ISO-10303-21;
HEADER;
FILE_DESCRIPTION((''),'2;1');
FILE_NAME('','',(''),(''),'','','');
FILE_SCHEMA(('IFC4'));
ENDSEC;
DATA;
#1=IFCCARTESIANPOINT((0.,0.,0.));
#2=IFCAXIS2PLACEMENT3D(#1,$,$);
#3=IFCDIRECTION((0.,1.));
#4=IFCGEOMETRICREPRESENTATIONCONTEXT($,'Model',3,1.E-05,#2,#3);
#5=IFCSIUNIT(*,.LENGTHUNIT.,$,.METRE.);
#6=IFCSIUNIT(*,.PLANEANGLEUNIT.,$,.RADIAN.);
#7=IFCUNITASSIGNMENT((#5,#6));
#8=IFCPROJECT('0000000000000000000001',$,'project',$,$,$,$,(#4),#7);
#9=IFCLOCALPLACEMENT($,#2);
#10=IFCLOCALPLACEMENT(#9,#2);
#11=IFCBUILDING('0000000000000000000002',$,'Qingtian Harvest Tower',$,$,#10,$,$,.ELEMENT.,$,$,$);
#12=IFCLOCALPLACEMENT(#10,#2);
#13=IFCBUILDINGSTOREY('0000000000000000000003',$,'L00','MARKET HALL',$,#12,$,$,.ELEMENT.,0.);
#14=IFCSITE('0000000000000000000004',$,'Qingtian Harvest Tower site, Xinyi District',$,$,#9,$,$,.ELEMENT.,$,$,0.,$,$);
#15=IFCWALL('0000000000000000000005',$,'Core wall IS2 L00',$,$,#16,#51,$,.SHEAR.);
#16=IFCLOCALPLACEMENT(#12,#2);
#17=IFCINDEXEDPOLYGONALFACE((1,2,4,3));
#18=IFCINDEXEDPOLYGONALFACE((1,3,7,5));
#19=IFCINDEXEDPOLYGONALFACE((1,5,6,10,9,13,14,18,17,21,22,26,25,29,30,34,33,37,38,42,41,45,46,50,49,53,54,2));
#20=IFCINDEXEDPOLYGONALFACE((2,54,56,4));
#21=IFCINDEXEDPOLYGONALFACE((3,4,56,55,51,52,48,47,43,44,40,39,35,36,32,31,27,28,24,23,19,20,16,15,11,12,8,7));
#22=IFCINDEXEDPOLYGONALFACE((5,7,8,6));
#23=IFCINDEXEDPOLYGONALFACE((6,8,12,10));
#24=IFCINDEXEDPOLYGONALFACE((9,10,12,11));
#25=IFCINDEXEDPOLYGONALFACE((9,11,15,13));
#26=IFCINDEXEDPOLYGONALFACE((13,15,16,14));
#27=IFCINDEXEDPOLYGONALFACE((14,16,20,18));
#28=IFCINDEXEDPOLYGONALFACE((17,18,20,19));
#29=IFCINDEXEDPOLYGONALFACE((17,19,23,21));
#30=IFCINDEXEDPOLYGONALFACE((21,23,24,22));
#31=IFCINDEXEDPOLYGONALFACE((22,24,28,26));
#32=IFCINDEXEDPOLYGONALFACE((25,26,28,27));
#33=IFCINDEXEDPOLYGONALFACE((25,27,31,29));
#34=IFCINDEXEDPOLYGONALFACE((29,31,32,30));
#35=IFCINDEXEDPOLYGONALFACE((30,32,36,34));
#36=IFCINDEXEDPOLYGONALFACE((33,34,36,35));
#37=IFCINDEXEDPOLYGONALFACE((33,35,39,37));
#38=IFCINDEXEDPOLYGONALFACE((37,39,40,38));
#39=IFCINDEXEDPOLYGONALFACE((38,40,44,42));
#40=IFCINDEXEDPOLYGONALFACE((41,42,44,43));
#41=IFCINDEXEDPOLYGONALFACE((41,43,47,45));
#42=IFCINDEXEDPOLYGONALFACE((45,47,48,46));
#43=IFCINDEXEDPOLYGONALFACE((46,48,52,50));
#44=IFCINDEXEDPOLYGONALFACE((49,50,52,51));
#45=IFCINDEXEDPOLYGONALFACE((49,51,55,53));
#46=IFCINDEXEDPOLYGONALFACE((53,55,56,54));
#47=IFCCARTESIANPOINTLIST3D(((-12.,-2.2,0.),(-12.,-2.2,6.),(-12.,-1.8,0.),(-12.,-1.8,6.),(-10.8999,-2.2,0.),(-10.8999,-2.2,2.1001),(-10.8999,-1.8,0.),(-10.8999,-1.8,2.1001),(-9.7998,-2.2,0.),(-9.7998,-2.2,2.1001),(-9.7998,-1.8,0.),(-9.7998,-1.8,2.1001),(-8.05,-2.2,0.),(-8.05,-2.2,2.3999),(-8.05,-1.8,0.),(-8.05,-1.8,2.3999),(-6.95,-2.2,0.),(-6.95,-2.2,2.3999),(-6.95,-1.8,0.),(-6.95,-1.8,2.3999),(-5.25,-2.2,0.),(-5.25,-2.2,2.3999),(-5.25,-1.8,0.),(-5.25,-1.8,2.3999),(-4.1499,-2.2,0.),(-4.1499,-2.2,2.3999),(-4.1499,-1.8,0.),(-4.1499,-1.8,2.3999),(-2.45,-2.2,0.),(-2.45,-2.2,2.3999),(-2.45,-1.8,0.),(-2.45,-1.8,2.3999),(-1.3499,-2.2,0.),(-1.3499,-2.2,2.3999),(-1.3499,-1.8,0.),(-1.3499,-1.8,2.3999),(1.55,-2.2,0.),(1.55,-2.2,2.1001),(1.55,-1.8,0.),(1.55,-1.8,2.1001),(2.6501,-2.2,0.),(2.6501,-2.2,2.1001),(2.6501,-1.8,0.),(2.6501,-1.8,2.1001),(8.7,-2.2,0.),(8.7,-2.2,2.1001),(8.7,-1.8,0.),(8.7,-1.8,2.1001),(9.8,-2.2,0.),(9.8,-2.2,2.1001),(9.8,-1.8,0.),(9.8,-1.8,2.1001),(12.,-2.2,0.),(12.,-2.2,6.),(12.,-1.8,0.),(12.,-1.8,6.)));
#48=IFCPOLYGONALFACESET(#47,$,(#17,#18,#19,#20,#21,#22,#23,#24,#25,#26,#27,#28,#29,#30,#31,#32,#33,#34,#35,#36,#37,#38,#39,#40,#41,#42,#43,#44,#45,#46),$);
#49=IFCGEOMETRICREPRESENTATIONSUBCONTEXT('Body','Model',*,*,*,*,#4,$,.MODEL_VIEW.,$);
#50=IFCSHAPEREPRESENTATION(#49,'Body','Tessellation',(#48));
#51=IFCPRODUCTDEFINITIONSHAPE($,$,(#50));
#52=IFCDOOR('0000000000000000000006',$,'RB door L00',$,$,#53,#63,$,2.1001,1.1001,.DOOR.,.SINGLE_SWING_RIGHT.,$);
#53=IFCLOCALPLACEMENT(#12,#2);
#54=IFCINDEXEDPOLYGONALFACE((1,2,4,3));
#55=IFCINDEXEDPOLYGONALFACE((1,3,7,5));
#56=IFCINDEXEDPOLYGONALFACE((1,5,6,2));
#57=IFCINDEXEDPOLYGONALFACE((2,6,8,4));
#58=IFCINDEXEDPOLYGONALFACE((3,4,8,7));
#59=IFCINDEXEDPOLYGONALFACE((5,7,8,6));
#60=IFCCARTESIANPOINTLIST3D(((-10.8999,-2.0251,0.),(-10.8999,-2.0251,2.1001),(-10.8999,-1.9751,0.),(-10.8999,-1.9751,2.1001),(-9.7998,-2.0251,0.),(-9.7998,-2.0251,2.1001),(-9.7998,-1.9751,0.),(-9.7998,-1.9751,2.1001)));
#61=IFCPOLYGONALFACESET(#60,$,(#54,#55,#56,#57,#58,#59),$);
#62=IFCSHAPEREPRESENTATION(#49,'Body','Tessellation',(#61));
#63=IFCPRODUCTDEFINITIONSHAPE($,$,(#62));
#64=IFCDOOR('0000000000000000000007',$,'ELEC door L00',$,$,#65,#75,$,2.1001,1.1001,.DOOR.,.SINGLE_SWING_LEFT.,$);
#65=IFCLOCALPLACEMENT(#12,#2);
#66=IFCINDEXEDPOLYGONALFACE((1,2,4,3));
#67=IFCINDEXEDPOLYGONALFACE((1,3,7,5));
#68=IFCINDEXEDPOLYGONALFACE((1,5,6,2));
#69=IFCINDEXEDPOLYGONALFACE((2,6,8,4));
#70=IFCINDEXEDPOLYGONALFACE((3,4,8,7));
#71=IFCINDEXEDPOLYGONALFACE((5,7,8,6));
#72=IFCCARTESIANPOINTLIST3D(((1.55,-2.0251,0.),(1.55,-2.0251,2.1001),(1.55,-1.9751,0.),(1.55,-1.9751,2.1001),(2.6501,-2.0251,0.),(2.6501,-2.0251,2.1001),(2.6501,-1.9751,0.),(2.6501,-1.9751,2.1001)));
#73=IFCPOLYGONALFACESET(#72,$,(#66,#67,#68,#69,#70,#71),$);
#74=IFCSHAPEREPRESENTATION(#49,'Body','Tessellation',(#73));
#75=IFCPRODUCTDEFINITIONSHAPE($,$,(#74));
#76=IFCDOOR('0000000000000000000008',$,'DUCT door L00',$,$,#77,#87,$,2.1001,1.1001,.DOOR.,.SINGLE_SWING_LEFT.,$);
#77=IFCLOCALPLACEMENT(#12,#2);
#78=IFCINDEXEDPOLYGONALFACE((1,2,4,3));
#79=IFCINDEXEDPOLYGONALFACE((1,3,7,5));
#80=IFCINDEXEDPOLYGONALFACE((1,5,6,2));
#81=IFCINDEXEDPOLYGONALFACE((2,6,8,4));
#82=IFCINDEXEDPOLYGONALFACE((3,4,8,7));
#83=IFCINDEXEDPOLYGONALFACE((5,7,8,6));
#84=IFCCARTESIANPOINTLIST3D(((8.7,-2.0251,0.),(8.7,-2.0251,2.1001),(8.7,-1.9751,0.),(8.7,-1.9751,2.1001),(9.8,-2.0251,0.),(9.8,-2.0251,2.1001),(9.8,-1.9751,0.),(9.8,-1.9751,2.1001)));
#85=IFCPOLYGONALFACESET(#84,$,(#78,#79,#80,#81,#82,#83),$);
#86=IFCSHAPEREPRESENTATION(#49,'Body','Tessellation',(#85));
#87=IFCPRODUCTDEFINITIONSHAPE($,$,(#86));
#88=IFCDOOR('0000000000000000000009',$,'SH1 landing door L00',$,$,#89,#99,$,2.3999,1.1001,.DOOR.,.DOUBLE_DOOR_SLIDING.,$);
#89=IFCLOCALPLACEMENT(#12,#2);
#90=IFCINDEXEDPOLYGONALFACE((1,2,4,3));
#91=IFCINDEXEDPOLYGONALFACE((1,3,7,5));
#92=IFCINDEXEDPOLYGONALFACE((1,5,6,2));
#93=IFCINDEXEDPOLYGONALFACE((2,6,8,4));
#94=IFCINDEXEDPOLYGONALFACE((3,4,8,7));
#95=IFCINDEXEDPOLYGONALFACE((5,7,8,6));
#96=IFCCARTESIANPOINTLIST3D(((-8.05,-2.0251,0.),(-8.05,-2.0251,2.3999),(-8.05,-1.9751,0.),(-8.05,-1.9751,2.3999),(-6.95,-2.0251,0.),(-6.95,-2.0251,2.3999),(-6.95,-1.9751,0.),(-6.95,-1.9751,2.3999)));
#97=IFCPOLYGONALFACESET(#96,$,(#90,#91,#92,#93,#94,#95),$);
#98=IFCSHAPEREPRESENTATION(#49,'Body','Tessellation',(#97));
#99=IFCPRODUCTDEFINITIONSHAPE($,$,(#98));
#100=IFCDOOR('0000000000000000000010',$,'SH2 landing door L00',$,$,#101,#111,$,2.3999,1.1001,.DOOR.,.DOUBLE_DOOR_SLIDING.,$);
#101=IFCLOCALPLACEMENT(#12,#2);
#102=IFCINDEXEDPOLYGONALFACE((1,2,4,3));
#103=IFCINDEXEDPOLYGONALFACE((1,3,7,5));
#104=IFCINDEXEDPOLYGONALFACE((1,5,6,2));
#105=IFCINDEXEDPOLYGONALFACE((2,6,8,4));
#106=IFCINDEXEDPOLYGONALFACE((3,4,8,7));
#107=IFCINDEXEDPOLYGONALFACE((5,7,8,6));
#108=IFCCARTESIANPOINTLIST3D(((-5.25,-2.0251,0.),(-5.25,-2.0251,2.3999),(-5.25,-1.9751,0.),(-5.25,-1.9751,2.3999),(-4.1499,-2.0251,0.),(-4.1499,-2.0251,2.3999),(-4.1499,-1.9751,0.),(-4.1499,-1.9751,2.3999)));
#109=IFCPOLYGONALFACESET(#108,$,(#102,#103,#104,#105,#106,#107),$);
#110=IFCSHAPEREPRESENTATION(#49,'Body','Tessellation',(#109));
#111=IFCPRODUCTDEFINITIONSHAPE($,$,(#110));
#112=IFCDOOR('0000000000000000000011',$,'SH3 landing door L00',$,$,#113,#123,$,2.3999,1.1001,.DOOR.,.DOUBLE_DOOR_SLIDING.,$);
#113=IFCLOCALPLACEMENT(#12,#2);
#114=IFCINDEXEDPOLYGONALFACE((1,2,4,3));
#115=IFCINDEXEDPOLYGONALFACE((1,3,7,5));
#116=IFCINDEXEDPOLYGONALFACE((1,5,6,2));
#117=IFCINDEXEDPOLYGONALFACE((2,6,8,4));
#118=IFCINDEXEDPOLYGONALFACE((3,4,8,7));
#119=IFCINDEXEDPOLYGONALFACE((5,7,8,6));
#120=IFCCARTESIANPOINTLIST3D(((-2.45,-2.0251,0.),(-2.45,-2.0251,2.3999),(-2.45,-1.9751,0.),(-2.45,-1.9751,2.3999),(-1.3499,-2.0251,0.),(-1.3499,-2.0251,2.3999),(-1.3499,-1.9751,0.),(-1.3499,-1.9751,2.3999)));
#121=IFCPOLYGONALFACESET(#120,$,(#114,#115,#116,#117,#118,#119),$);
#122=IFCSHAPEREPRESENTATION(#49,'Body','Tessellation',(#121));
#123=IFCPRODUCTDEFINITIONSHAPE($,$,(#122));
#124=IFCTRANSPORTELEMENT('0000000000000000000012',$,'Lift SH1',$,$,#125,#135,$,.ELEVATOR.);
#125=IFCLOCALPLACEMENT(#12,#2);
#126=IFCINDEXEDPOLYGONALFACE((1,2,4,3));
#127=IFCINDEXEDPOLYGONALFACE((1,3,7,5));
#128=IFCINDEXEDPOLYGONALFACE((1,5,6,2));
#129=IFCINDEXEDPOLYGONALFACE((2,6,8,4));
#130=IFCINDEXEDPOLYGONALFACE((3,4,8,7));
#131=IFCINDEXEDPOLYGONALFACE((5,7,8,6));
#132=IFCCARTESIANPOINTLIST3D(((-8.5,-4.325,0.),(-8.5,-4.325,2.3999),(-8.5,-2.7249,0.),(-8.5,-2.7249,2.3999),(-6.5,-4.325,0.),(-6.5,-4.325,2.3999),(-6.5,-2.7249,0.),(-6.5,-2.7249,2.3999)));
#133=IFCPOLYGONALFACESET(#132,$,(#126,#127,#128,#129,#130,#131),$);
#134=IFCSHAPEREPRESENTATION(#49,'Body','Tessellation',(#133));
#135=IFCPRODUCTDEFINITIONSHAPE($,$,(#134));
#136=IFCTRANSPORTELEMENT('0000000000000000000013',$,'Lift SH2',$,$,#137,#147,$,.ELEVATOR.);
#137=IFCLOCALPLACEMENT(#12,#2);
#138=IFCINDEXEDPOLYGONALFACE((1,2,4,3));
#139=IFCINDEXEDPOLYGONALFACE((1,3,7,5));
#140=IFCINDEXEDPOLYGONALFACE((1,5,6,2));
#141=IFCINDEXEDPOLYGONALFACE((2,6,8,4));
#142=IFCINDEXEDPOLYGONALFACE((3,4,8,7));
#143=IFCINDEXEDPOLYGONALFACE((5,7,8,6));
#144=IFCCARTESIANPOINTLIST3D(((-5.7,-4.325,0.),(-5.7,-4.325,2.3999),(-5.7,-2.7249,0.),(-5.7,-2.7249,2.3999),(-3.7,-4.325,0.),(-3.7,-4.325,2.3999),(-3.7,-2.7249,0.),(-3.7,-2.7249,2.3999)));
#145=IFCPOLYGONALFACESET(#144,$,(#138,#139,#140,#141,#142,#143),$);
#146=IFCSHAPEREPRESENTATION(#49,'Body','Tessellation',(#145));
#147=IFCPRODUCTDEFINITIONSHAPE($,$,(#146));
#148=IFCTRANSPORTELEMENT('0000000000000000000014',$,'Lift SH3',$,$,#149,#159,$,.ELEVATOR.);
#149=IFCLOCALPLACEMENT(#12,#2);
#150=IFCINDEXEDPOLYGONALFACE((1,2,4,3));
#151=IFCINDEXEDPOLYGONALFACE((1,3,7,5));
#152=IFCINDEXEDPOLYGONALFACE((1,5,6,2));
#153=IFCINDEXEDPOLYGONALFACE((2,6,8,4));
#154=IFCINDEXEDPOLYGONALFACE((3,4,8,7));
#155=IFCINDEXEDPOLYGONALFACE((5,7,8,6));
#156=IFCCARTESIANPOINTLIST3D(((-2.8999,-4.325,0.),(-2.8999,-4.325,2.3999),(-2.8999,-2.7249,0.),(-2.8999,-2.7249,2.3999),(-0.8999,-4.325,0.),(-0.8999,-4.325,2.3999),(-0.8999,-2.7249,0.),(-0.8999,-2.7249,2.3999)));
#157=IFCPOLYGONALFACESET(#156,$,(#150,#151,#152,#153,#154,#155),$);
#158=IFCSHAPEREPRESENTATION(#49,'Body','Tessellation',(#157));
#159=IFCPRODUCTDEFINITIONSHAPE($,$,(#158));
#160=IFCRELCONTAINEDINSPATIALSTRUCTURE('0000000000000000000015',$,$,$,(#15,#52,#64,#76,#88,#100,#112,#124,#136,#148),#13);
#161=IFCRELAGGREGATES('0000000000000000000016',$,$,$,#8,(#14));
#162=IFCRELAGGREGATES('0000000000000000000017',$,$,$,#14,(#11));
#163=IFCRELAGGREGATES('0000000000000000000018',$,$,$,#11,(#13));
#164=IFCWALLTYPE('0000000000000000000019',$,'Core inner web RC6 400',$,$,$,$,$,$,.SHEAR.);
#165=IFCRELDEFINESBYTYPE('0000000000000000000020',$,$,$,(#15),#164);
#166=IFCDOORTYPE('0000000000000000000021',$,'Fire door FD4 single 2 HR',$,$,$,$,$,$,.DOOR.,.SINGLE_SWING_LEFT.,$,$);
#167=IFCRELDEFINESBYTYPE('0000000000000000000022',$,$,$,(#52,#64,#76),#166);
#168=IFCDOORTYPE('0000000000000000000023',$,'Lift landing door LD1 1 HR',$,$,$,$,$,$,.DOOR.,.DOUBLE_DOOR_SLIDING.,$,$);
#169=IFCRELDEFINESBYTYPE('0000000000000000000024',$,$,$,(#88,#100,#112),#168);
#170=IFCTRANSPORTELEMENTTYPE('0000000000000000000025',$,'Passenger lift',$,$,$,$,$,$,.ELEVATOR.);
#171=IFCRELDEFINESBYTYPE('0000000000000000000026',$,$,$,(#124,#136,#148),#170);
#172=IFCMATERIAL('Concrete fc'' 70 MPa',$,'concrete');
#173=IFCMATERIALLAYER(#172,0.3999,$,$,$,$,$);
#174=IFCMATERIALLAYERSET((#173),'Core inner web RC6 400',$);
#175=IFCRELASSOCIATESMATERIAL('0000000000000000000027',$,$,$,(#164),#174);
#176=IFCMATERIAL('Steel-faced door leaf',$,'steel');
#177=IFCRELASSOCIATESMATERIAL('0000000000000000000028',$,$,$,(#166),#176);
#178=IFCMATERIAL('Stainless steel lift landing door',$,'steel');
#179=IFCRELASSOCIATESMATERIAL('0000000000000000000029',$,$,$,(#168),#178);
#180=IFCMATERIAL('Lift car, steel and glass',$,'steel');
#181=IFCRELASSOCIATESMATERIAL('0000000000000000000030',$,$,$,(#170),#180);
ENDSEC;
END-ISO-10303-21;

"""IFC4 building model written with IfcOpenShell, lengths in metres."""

from ifc_helpers import new_model, si_unit, direction, frame, frame_2d, origin, origin_2d, place, context, subcontext, project, spatial, rectangle, extrude, material, layer, layer_set, type_object, element, fill, save


model = new_model("IFC4")

# Units and contexts
model_context = context("Model", 3, precision=1e-05, world=origin(), true_north=direction((0.0, 1.0)))
body_context = subcontext(model_context, "Body", "Model", "MODEL_VIEW")
ifc_project = project(units=[si_unit("LENGTHUNIT", "METRE"), si_unit("PLANEANGLEUNIT", "RADIAN")], contexts=[model_context])

# Site, building, storey
site_placement = place(None, origin())
site = spatial("IfcSite", under=ifc_project, at=site_placement, Name="Qingtian Harvest Tower site, Xinyi District", CompositionType="ELEMENT", RefElevation=0.0)
building_placement = place(site_placement, origin())
building = spatial("IfcBuilding", under=site, at=building_placement, Name="Qingtian Harvest Tower", CompositionType="ELEMENT")
storey_placement = place(building_placement, origin())
storey = spatial("IfcBuildingStorey", under=building, at=storey_placement, Name="L00", Description="MARKET HALL", CompositionType="ELEMENT", Elevation=0.0)

# Wall, openings, doors
ifc_material_1 = material(Name="Concrete fc' 70 MPa", Category="concrete")
ifc_layer_1 = layer(ifc_material_1, 0.3999)
ifc_layer_set_1 = layer_set([ifc_layer_1], Name="Core inner web RC6 400")
wall_type = type_object("IfcWallType", Name="Core inner web RC6 400", PredefinedType="SHEAR", material=ifc_layer_set_1)
wall_placement = place(storey_placement, frame((-12.0, -2.0, 0.0), z_axis=(0.0, 0.0, 1.0), x_axis=(1.0, 0.0, 0.0)))
wall = element("IfcWall", 1, at=wall_placement, inside=storey, type_object=wall_type, Name="Core wall IS2 L00", PredefinedType="SHEAR", context=body_context, shape_type="SweptSolid", body=[
    extrude(rectangle(XDim=24.0, YDim=0.3999, at=frame_2d((12.0, 0.0))), origin(), (0.0, 0.0, 1.0), 6.0),
])
opening_1_placement = place(wall_placement, frame((1.1001, 0.0, 0.0)))
opening_1 = element("IfcOpeningElement", 2, at=opening_1_placement, cuts=wall, PredefinedType="OPENING", context=body_context, shape_type="SweptSolid", body=[
    extrude(rectangle(XDim=1.1001, YDim=2.1001, at=frame_2d((0.55, 1.05))), frame((0.0, 0.21, 0.0), z_axis=(0.0, -1.0, 0.0), x_axis=(1.0, 0.0, 0.0)), (0.0, 0.0, 1.0), 0.4199),
])
opening_2_placement = place(wall_placement, frame((13.55, 0.0, 0.0)))
opening_2 = element("IfcOpeningElement", 3, at=opening_2_placement, cuts=wall, PredefinedType="OPENING", context=body_context, shape_type="SweptSolid", body=[
    extrude(rectangle(XDim=1.1001, YDim=2.1001, at=frame_2d((0.55, 1.05))), frame((0.0, 0.21, 0.0), z_axis=(0.0, -1.0, 0.0), x_axis=(1.0, 0.0, 0.0)), (0.0, 0.0, 1.0), 0.4199),
])
opening_3_placement = place(wall_placement, frame((20.7, 0.0, 0.0)))
opening_3 = element("IfcOpeningElement", 4, at=opening_3_placement, cuts=wall, PredefinedType="OPENING", context=body_context, shape_type="SweptSolid", body=[
    extrude(rectangle(XDim=1.1001, YDim=2.1001, at=frame_2d((0.55, 1.05))), frame((0.0, 0.21, 0.0), z_axis=(0.0, -1.0, 0.0), x_axis=(1.0, 0.0, 0.0)), (0.0, 0.0, 1.0), 0.4199),
])
opening_4_placement = place(wall_placement, frame((3.95, 0.0, 0.0)))
opening_4 = element("IfcOpeningElement", 5, at=opening_4_placement, cuts=wall, PredefinedType="OPENING", context=body_context, shape_type="SweptSolid", body=[
    extrude(rectangle(XDim=1.1001, YDim=2.3999, at=frame_2d((0.55, 1.2))), frame((0.0, 0.21, 0.0), z_axis=(0.0, -1.0, 0.0), x_axis=(1.0, 0.0, 0.0)), (0.0, 0.0, 1.0), 0.4199),
])
opening_5_placement = place(wall_placement, frame((6.75, 0.0, 0.0)))
opening_5 = element("IfcOpeningElement", 6, at=opening_5_placement, cuts=wall, PredefinedType="OPENING", context=body_context, shape_type="SweptSolid", body=[
    extrude(rectangle(XDim=1.1001, YDim=2.3999, at=frame_2d((0.55, 1.2))), frame((0.0, 0.21, 0.0), z_axis=(0.0, -1.0, 0.0), x_axis=(1.0, 0.0, 0.0)), (0.0, 0.0, 1.0), 0.4199),
])
opening_6_placement = place(wall_placement, frame((9.55, 0.0, 0.0)))
opening_6 = element("IfcOpeningElement", 7, at=opening_6_placement, cuts=wall, PredefinedType="OPENING", context=body_context, shape_type="SweptSolid", body=[
    extrude(rectangle(XDim=1.1001, YDim=2.3999, at=frame_2d((0.55, 1.2))), frame((0.0, 0.21, 0.0), z_axis=(0.0, -1.0, 0.0), x_axis=(1.0, 0.0, 0.0)), (0.0, 0.0, 1.0), 0.4199),
])
ifc_material_2 = material(Name="Steel-faced door leaf", Category="steel")
door_type_1 = type_object("IfcDoorType", Name="Fire door FD4 single 2 HR", OperationType="SINGLE_SWING_LEFT", PredefinedType="DOOR", material=ifc_material_2)
door_1_placement = place(opening_1_placement, origin())
door_1 = element("IfcDoor", 8, at=door_1_placement, inside=storey, type_object=door_type_1, Name="RB door L00", OperationType="SINGLE_SWING_RIGHT", OverallHeight=2.1001, OverallWidth=1.1001, PredefinedType="DOOR", context=body_context, shape_type="SweptSolid", body=[
    extrude(rectangle(XDim=1.1001, YDim=2.1001, at=frame_2d((0.55, 1.05))), frame((0.0, 0.0249, 0.0), z_axis=(0.0, -1.0, 0.0), x_axis=(1.0, 0.0, 0.0)), (0.0, 0.0, 1.0), 0.05),
])
fill(opening_1, door_1)
door_2_placement = place(opening_2_placement, origin())
door_2 = element("IfcDoor", 9, at=door_2_placement, inside=storey, type_object=door_type_1, Name="ELEC door L00", OperationType="SINGLE_SWING_LEFT", OverallHeight=2.1001, OverallWidth=1.1001, PredefinedType="DOOR", context=body_context, shape_type="SweptSolid", body=[
    extrude(rectangle(XDim=1.1001, YDim=2.1001, at=frame_2d((0.55, 1.05))), frame((0.0, 0.0249, 0.0), z_axis=(0.0, -1.0, 0.0), x_axis=(1.0, 0.0, 0.0)), (0.0, 0.0, 1.0), 0.05),
])
fill(opening_2, door_2)
door_3_placement = place(opening_3_placement, origin())
door_3 = element("IfcDoor", 10, at=door_3_placement, inside=storey, type_object=door_type_1, Name="DUCT door L00", OperationType="SINGLE_SWING_LEFT", OverallHeight=2.1001, OverallWidth=1.1001, PredefinedType="DOOR", context=body_context, shape_type="SweptSolid", body=[
    extrude(rectangle(XDim=1.1001, YDim=2.1001, at=frame_2d((0.55, 1.05))), frame((0.0, 0.0249, 0.0), z_axis=(0.0, -1.0, 0.0), x_axis=(1.0, 0.0, 0.0)), (0.0, 0.0, 1.0), 0.05),
])
fill(opening_3, door_3)
ifc_material_3 = material(Name="Stainless steel lift landing door", Category="steel")
door_type_2 = type_object("IfcDoorType", Name="Lift landing door LD1 1 HR", OperationType="DOUBLE_DOOR_SLIDING", PredefinedType="DOOR", material=ifc_material_3)
door_4_placement = place(opening_4_placement, origin())
door_4 = element("IfcDoor", 11, at=door_4_placement, inside=storey, type_object=door_type_2, Name="SH1 landing door L00", OperationType="DOUBLE_DOOR_SLIDING", OverallHeight=2.3999, OverallWidth=1.1001, PredefinedType="DOOR", context=body_context, shape_type="SweptSolid", body=[
    extrude(rectangle(XDim=1.1001, YDim=2.3999, at=frame_2d((0.55, 1.2))), frame((0.0, 0.0249, 0.0), z_axis=(0.0, -1.0, 0.0), x_axis=(1.0, 0.0, 0.0)), (0.0, 0.0, 1.0), 0.05),
])
fill(opening_4, door_4)
door_5_placement = place(opening_5_placement, origin())
door_5 = element("IfcDoor", 12, at=door_5_placement, inside=storey, type_object=door_type_2, Name="SH2 landing door L00", OperationType="DOUBLE_DOOR_SLIDING", OverallHeight=2.3999, OverallWidth=1.1001, PredefinedType="DOOR", context=body_context, shape_type="SweptSolid", body=[
    extrude(rectangle(XDim=1.1001, YDim=2.3999, at=frame_2d((0.55, 1.2))), frame((0.0, 0.0249, 0.0), z_axis=(0.0, -1.0, 0.0), x_axis=(1.0, 0.0, 0.0)), (0.0, 0.0, 1.0), 0.05),
])
fill(opening_5, door_5)
door_6_placement = place(opening_6_placement, origin())
door_6 = element("IfcDoor", 13, at=door_6_placement, inside=storey, type_object=door_type_2, Name="SH3 landing door L00", OperationType="DOUBLE_DOOR_SLIDING", OverallHeight=2.3999, OverallWidth=1.1001, PredefinedType="DOOR", context=body_context, shape_type="SweptSolid", body=[
    extrude(rectangle(XDim=1.1001, YDim=2.3999, at=frame_2d((0.55, 1.2))), frame((0.0, 0.0249, 0.0), z_axis=(0.0, -1.0, 0.0), x_axis=(1.0, 0.0, 0.0)), (0.0, 0.0, 1.0), 0.05),
])
fill(opening_6, door_6)

# Transport elements
ifc_material_4 = material(Name="Lift car, steel and glass", Category="steel")
transport_element_type = type_object("IfcTransportElementType", Name="Passenger lift", PredefinedType="ELEVATOR", material=ifc_material_4)
for number, where, z_axis, x_axis, name in (
    (14, (-7.5, -3.5249, 0.0), (0.0, 0.0, 1.0), (1.0, 0.0, 0.0), "Lift SH1"),
    (15, (-4.7, -3.5249, 0.0), (0.0, 0.0, 1.0), (1.0, 0.0, 0.0), "Lift SH2"),
    (16, (-1.8999, -3.5249, 0.0), (0.0, 0.0, 1.0), (1.0, 0.0, 0.0), "Lift SH3"),
):
    element("IfcTransportElement", number, at=place(storey_placement, frame(where, z_axis=z_axis, x_axis=x_axis)), inside=storey, type_object=transport_element_type, Name=name, PredefinedType="ELEVATOR", context=body_context, shape_type="SweptSolid", body=[
        extrude(rectangle(XDim=2.0, YDim=1.6001, at=origin_2d()), origin(), (0.0, 0.0, 1.0), 2.3999),
    ])

save(model, "model.ifc")
